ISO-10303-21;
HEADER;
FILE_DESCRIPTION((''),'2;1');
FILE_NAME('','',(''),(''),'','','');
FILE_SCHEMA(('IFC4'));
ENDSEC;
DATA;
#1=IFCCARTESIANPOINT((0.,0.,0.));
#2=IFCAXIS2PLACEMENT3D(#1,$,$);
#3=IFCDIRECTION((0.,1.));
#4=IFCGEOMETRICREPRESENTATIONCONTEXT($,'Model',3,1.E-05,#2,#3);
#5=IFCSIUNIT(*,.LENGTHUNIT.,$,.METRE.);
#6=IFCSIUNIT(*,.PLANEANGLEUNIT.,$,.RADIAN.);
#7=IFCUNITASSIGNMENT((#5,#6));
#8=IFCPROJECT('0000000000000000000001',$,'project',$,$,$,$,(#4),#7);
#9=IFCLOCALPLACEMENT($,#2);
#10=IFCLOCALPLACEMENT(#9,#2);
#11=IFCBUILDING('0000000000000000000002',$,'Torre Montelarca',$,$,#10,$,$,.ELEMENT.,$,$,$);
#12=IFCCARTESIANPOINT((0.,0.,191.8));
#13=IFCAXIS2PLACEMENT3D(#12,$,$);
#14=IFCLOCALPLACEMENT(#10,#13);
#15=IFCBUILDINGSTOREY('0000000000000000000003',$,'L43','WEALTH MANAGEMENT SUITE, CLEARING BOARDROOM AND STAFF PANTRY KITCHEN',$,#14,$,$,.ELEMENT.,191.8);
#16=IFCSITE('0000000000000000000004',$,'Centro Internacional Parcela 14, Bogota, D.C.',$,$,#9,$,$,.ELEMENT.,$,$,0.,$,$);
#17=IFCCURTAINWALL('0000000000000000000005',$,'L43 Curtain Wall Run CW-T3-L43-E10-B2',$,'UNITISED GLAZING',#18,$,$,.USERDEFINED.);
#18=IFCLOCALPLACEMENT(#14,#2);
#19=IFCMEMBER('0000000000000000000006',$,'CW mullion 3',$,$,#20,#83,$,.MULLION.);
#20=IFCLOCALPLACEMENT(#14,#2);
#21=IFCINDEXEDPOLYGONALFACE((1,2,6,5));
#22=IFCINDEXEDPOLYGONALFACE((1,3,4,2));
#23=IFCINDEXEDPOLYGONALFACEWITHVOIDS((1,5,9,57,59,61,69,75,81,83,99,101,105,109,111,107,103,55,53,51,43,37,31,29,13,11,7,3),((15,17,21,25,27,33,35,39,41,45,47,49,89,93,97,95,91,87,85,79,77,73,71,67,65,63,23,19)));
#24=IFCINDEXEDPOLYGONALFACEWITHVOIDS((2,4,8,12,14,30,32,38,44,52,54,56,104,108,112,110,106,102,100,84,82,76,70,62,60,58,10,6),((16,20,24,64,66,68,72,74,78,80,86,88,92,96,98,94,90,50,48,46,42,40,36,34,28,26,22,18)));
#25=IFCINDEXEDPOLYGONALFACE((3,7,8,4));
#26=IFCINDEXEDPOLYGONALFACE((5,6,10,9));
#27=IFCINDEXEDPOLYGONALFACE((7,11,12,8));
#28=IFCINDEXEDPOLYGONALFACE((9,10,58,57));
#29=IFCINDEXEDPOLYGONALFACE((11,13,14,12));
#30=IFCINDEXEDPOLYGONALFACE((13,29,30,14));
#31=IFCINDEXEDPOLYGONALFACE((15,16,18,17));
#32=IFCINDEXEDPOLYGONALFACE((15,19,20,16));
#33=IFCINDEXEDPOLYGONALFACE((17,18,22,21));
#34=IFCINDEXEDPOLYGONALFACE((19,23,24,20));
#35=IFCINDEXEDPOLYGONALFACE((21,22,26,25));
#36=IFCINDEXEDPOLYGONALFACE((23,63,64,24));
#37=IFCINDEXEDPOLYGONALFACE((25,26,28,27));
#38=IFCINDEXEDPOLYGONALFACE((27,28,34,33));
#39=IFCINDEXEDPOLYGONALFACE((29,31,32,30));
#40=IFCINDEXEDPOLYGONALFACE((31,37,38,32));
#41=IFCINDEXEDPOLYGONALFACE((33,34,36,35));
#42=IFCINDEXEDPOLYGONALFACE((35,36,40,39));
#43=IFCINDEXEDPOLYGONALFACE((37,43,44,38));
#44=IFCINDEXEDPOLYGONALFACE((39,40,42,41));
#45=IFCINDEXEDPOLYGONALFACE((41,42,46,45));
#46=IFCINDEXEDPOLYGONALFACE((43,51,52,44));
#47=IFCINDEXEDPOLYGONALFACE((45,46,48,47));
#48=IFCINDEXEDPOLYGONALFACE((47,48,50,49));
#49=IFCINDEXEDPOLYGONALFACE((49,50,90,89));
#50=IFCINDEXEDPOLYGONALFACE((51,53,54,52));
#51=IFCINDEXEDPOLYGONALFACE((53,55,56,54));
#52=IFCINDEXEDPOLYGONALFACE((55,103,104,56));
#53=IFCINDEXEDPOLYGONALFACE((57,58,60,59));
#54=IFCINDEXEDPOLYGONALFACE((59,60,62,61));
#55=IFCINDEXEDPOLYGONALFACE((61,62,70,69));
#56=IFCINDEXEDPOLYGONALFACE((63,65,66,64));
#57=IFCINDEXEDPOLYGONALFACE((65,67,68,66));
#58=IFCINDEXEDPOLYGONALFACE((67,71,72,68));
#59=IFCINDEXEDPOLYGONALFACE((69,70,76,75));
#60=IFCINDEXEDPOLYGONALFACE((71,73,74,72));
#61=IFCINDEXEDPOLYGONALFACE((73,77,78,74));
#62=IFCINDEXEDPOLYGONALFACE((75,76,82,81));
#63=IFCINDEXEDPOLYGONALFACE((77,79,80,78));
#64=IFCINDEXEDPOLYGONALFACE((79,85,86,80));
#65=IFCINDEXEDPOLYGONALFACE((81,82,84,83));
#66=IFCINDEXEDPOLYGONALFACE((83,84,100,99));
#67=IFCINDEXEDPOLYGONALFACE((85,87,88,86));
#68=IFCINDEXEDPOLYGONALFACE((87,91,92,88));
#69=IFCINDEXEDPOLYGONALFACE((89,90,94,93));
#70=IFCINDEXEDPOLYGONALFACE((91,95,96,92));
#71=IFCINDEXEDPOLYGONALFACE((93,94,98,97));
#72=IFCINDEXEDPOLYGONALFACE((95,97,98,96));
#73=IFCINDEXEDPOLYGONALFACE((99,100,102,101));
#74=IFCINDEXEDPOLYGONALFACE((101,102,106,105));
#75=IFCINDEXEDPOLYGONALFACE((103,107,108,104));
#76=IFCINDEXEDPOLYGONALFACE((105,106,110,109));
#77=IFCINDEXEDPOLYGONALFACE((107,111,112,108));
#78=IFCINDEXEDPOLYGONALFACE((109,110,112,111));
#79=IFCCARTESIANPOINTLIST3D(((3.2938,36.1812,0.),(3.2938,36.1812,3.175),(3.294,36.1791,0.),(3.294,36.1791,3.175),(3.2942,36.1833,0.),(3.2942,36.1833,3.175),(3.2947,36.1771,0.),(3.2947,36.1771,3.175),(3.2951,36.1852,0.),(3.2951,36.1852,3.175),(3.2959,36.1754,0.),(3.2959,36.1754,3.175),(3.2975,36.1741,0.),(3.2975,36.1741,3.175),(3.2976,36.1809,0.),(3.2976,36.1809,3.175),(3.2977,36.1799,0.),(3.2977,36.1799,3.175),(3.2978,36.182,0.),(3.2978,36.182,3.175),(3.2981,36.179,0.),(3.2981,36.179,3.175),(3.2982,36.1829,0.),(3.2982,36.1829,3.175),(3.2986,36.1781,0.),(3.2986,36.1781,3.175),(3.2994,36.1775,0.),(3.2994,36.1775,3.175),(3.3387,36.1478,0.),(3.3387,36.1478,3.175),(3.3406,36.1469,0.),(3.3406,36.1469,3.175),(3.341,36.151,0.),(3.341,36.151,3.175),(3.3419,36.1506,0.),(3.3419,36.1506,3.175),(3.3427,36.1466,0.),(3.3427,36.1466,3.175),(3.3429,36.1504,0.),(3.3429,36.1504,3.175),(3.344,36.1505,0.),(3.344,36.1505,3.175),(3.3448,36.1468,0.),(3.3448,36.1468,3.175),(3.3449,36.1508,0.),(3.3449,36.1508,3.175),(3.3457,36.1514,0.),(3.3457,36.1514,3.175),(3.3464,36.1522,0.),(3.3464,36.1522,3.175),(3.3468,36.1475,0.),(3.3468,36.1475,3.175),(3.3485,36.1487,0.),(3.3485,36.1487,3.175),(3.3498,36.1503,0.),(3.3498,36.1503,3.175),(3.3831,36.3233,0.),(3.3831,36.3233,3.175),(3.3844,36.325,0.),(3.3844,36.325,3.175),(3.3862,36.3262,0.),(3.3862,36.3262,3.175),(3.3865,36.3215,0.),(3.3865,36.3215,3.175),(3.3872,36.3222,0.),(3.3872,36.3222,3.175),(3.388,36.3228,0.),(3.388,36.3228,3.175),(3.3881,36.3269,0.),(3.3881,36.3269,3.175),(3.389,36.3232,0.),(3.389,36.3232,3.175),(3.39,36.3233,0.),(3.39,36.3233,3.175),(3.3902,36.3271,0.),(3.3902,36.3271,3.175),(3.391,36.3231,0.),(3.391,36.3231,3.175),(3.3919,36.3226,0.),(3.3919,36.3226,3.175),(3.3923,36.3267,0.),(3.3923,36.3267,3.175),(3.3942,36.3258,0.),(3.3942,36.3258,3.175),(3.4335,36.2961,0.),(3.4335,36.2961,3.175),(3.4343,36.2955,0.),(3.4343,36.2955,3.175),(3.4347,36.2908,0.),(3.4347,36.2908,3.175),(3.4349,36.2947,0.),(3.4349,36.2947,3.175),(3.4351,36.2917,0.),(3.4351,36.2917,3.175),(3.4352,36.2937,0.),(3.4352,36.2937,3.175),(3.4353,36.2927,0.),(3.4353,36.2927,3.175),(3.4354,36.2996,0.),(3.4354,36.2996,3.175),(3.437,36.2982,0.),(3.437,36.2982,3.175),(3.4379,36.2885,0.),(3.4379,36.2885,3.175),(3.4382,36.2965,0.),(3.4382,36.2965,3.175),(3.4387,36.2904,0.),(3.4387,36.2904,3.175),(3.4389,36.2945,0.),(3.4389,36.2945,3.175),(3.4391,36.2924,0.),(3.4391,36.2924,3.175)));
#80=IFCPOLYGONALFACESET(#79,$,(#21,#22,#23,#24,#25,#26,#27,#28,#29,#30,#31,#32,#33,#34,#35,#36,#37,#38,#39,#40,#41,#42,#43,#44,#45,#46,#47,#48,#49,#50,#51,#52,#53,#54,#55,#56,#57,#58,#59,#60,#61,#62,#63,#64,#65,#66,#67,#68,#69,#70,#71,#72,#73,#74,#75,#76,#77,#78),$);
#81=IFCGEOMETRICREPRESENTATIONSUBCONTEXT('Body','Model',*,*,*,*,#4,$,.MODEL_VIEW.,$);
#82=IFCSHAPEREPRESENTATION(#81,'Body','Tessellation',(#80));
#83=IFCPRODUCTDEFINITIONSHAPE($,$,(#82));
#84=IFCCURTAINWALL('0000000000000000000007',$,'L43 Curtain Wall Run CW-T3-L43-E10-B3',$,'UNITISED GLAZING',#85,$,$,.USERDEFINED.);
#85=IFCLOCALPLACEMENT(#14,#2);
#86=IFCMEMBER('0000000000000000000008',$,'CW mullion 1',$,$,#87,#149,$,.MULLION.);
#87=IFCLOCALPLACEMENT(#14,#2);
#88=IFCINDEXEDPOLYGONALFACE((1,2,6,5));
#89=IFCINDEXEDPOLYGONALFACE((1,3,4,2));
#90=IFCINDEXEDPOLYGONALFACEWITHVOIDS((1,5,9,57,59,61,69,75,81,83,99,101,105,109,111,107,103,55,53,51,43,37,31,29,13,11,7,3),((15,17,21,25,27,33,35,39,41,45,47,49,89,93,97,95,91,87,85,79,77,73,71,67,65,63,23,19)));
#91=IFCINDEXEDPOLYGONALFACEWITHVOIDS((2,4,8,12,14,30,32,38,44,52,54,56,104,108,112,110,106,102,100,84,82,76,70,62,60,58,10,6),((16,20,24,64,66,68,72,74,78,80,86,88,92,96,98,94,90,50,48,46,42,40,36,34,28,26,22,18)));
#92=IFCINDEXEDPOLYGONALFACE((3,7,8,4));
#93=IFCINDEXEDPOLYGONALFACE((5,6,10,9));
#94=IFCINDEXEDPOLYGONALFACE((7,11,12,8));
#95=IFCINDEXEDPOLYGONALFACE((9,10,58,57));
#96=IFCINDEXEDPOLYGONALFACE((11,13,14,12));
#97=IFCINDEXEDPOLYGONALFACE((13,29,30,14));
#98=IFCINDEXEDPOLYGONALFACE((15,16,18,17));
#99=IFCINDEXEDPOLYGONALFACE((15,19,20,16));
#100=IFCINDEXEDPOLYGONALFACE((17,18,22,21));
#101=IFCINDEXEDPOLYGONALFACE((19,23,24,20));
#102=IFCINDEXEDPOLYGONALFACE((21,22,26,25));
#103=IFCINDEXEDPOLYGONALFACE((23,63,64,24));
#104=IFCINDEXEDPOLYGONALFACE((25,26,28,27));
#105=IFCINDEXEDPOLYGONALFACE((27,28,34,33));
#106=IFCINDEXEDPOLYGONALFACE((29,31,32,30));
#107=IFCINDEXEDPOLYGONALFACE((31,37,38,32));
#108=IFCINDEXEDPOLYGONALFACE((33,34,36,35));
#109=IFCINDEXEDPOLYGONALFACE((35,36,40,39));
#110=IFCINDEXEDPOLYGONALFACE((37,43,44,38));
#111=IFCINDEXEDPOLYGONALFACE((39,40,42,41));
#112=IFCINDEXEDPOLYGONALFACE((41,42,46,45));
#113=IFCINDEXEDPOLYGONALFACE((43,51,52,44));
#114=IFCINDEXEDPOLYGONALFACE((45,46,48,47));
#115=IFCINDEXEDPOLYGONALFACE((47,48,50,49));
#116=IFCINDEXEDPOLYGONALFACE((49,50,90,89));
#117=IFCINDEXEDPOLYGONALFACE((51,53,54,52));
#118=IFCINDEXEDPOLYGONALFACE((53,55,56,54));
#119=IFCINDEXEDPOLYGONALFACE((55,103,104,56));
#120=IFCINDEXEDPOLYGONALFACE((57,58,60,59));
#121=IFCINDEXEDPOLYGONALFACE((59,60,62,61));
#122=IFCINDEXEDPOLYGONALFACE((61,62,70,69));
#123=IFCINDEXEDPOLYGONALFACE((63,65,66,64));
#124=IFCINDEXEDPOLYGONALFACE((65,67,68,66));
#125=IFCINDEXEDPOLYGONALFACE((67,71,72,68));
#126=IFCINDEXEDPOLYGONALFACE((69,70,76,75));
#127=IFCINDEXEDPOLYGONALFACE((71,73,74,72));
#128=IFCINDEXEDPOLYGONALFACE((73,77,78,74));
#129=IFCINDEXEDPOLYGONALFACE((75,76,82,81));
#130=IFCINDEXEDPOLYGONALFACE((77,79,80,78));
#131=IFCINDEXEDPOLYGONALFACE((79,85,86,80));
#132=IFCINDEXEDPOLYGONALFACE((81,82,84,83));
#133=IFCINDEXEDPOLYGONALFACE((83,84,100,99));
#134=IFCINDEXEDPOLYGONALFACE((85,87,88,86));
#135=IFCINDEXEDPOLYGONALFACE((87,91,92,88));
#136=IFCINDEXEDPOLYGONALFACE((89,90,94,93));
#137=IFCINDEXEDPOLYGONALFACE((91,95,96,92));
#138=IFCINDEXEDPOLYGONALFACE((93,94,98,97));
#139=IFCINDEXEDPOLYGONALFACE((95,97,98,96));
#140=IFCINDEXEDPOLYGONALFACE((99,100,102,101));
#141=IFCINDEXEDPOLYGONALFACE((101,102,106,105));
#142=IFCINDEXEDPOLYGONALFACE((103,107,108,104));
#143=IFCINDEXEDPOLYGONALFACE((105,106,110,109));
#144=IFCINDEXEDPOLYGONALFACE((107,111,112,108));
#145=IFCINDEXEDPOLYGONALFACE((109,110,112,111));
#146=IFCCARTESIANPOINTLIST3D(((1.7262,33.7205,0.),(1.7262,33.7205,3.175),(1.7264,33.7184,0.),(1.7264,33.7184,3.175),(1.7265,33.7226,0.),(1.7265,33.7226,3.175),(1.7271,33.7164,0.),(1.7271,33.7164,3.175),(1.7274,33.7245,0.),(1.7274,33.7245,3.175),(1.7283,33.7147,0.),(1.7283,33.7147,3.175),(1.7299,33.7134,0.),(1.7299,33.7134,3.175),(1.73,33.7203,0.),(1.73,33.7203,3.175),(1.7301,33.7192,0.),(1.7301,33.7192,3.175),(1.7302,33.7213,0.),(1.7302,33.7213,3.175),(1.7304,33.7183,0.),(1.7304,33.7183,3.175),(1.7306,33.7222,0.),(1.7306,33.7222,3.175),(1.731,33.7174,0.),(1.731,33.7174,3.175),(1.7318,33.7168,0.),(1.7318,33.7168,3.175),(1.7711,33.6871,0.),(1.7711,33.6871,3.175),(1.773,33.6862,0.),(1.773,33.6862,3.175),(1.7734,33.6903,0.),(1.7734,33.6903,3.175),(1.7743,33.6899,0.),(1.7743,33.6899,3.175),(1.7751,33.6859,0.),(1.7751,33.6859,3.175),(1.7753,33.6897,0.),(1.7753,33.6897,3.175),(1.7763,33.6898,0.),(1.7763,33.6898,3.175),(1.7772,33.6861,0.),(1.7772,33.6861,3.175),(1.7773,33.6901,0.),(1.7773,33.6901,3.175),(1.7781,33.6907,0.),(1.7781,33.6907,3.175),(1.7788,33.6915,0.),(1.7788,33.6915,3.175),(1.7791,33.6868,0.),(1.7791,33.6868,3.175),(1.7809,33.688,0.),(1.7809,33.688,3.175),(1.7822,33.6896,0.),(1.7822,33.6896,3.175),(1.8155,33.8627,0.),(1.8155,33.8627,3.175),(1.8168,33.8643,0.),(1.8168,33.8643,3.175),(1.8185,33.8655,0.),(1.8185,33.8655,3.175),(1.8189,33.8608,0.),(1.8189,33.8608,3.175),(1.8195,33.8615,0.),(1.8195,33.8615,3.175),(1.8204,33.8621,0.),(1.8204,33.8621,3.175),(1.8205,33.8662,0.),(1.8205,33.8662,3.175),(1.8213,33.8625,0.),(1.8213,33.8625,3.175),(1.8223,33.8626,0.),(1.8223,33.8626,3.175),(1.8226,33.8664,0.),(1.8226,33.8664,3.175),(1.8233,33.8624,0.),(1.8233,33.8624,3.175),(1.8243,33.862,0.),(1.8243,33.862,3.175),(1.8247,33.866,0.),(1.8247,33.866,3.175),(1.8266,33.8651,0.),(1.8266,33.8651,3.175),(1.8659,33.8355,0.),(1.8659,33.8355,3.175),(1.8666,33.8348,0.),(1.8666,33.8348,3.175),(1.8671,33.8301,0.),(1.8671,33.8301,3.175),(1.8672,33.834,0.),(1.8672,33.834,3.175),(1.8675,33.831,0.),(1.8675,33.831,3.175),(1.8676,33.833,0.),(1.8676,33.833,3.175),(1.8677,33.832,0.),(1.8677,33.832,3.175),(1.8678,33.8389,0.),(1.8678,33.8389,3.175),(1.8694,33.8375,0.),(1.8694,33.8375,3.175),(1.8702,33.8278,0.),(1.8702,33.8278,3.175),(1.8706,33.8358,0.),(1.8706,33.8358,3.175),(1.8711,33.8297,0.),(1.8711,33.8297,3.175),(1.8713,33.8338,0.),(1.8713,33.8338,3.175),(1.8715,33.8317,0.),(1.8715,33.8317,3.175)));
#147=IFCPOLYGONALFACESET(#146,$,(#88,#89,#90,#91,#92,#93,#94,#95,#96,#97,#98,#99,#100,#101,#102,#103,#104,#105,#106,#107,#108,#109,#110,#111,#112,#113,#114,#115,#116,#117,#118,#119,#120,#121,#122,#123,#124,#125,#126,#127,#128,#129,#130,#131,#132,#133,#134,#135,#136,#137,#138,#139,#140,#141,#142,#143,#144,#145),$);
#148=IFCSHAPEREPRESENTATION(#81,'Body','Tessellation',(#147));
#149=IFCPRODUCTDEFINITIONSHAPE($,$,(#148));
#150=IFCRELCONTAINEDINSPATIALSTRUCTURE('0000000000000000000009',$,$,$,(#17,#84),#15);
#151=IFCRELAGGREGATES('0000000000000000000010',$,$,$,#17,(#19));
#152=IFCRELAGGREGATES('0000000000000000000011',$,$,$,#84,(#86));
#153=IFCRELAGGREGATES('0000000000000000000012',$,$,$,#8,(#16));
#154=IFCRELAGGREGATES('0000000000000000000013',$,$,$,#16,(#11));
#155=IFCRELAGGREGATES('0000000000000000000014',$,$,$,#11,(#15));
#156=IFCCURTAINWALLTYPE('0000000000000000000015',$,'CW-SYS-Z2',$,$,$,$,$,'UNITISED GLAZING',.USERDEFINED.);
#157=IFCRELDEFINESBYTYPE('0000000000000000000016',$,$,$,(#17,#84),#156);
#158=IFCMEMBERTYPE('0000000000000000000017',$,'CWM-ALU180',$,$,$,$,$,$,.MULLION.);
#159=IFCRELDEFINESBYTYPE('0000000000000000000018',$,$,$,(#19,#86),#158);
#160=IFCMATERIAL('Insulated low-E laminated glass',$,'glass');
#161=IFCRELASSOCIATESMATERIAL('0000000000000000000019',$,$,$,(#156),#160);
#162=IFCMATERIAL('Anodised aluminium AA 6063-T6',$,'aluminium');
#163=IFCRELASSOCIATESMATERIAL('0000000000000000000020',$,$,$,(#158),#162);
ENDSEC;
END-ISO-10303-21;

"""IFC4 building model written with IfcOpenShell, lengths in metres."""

from ifc_helpers import new_model, si_unit, direction, frame, origin, origin_2d, place, context, subcontext, project, spatial, hollow_rectangle, extrude, source, transform, mapped, material, material_profile, profile_set, type_object, element, aggregate, save


model = new_model("IFC4")

# Units and contexts
model_context = context("Model", 3, precision=1e-05, world=origin(), true_north=direction((0.0, 1.0)))
body_context = subcontext(model_context, "Body", "Model", "MODEL_VIEW")
ifc_project = project(units=[si_unit("LENGTHUNIT", "METRE"), si_unit("PLANEANGLEUNIT", "RADIAN")], contexts=[model_context])

# Site, building, storey
site_placement = place(None, origin())
site = spatial("IfcSite", under=ifc_project, at=site_placement, Name="Centro Internacional Parcela 14, Bogota, D.C.", CompositionType="ELEMENT", RefElevation=0.0)
building_placement = place(site_placement, origin())
building = spatial("IfcBuilding", under=site, at=building_placement, Name="Torre Montelarca", CompositionType="ELEMENT")
storey_placement = place(building_placement, frame((0.0, 0.0, 191.8)))
storey = spatial("IfcBuildingStorey", under=building, at=storey_placement, Name="L43", Description="WEALTH MANAGEMENT SUITE, CLEARING BOARDROOM AND STAFF PANTRY KITCHEN", CompositionType="ELEMENT", Elevation=191.8)

# Curtain walls, members
ifc_material_1 = material(Name="Insulated low-E laminated glass", Category="glass")
curtain_wall_type = type_object("IfcCurtainWallType", Name="CW-SYS-Z2", ElementType="UNITISED GLAZING", PredefinedType="USERDEFINED", material=ifc_material_1)
curtain_wall_1_placement = place(storey_placement, origin())
curtain_wall_1 = element("IfcCurtainWall", 1, at=curtain_wall_1_placement, inside=storey, type_object=curtain_wall_type, Name="L43 Curtain Wall Run CW-T3-L43-E10-B2", ObjectType="UNITISED GLAZING", PredefinedType="USERDEFINED")
ifc_material_2 = material(Name="Anodised aluminium AA 6063-T6", Category="aluminium")
ifc_material_profile_1 = material_profile(ifc_material_2, hollow_rectangle(XDim=0.0649, YDim=0.1799, WallThickness=0.0039, InnerFilletRadius=0.0039, OuterFilletRadius=0.0081, at=origin_2d()), Name="ALU65X180X4", Category="aluminium")
ifc_profile_set_1 = profile_set([ifc_material_profile_1], Name="Anodised aluminium AA 6063-T6")
member_type_1 = type_object("IfcMemberType", Name="CWM-ALU180", PredefinedType="MULLION", material=ifc_profile_set_1)
shared_shape_1 = source(origin(), body_context, "Body", "SweptSolid", [
    extrude(hollow_rectangle(XDim=0.0649, YDim=0.1799, WallThickness=0.0039, InnerFilletRadius=0.0039, OuterFilletRadius=0.0081, at=origin_2d()), origin(), (0.0, 0.0, 1.0), 3.175),
])
member_1_placement = place(storey_placement, frame((3.3665, 36.2368, 0.0), z_axis=(0.0, 0.0, 1.0), x_axis=(0.84339, -0.537301, 0.0)))
member_1 = element("IfcMember", 2, at=member_1_placement, type_object=member_type_1, Name="CW mullion 3", PredefinedType="MULLION", context=body_context, shape_type="MappedRepresentation", body=[
    mapped(shared_shape_1, transform((0.0, 0.0, 0.0), scale=1.0)),
])
curtain_wall_2_placement = place(storey_placement, origin())
curtain_wall_2 = element("IfcCurtainWall", 3, at=curtain_wall_2_placement, inside=storey, type_object=curtain_wall_type, Name="L43 Curtain Wall Run CW-T3-L43-E10-B3", ObjectType="UNITISED GLAZING", PredefinedType="USERDEFINED")
member_2_placement = place(storey_placement, frame((1.7988, 33.7761, 0.0), z_axis=(0.0, 0.0, 1.0), x_axis=(0.843394, -0.537296, 0.0)))
member_2 = element("IfcMember", 4, at=member_2_placement, type_object=member_type_1, Name="CW mullion 1", PredefinedType="MULLION", context=body_context, shape_type="MappedRepresentation", body=[
    mapped(shared_shape_1, transform((0.0, 0.0, 0.0), scale=1.0)),
])

aggregate(curtain_wall_1, [member_1])
aggregate(curtain_wall_2, [member_2])

save(model, "model.ifc")
